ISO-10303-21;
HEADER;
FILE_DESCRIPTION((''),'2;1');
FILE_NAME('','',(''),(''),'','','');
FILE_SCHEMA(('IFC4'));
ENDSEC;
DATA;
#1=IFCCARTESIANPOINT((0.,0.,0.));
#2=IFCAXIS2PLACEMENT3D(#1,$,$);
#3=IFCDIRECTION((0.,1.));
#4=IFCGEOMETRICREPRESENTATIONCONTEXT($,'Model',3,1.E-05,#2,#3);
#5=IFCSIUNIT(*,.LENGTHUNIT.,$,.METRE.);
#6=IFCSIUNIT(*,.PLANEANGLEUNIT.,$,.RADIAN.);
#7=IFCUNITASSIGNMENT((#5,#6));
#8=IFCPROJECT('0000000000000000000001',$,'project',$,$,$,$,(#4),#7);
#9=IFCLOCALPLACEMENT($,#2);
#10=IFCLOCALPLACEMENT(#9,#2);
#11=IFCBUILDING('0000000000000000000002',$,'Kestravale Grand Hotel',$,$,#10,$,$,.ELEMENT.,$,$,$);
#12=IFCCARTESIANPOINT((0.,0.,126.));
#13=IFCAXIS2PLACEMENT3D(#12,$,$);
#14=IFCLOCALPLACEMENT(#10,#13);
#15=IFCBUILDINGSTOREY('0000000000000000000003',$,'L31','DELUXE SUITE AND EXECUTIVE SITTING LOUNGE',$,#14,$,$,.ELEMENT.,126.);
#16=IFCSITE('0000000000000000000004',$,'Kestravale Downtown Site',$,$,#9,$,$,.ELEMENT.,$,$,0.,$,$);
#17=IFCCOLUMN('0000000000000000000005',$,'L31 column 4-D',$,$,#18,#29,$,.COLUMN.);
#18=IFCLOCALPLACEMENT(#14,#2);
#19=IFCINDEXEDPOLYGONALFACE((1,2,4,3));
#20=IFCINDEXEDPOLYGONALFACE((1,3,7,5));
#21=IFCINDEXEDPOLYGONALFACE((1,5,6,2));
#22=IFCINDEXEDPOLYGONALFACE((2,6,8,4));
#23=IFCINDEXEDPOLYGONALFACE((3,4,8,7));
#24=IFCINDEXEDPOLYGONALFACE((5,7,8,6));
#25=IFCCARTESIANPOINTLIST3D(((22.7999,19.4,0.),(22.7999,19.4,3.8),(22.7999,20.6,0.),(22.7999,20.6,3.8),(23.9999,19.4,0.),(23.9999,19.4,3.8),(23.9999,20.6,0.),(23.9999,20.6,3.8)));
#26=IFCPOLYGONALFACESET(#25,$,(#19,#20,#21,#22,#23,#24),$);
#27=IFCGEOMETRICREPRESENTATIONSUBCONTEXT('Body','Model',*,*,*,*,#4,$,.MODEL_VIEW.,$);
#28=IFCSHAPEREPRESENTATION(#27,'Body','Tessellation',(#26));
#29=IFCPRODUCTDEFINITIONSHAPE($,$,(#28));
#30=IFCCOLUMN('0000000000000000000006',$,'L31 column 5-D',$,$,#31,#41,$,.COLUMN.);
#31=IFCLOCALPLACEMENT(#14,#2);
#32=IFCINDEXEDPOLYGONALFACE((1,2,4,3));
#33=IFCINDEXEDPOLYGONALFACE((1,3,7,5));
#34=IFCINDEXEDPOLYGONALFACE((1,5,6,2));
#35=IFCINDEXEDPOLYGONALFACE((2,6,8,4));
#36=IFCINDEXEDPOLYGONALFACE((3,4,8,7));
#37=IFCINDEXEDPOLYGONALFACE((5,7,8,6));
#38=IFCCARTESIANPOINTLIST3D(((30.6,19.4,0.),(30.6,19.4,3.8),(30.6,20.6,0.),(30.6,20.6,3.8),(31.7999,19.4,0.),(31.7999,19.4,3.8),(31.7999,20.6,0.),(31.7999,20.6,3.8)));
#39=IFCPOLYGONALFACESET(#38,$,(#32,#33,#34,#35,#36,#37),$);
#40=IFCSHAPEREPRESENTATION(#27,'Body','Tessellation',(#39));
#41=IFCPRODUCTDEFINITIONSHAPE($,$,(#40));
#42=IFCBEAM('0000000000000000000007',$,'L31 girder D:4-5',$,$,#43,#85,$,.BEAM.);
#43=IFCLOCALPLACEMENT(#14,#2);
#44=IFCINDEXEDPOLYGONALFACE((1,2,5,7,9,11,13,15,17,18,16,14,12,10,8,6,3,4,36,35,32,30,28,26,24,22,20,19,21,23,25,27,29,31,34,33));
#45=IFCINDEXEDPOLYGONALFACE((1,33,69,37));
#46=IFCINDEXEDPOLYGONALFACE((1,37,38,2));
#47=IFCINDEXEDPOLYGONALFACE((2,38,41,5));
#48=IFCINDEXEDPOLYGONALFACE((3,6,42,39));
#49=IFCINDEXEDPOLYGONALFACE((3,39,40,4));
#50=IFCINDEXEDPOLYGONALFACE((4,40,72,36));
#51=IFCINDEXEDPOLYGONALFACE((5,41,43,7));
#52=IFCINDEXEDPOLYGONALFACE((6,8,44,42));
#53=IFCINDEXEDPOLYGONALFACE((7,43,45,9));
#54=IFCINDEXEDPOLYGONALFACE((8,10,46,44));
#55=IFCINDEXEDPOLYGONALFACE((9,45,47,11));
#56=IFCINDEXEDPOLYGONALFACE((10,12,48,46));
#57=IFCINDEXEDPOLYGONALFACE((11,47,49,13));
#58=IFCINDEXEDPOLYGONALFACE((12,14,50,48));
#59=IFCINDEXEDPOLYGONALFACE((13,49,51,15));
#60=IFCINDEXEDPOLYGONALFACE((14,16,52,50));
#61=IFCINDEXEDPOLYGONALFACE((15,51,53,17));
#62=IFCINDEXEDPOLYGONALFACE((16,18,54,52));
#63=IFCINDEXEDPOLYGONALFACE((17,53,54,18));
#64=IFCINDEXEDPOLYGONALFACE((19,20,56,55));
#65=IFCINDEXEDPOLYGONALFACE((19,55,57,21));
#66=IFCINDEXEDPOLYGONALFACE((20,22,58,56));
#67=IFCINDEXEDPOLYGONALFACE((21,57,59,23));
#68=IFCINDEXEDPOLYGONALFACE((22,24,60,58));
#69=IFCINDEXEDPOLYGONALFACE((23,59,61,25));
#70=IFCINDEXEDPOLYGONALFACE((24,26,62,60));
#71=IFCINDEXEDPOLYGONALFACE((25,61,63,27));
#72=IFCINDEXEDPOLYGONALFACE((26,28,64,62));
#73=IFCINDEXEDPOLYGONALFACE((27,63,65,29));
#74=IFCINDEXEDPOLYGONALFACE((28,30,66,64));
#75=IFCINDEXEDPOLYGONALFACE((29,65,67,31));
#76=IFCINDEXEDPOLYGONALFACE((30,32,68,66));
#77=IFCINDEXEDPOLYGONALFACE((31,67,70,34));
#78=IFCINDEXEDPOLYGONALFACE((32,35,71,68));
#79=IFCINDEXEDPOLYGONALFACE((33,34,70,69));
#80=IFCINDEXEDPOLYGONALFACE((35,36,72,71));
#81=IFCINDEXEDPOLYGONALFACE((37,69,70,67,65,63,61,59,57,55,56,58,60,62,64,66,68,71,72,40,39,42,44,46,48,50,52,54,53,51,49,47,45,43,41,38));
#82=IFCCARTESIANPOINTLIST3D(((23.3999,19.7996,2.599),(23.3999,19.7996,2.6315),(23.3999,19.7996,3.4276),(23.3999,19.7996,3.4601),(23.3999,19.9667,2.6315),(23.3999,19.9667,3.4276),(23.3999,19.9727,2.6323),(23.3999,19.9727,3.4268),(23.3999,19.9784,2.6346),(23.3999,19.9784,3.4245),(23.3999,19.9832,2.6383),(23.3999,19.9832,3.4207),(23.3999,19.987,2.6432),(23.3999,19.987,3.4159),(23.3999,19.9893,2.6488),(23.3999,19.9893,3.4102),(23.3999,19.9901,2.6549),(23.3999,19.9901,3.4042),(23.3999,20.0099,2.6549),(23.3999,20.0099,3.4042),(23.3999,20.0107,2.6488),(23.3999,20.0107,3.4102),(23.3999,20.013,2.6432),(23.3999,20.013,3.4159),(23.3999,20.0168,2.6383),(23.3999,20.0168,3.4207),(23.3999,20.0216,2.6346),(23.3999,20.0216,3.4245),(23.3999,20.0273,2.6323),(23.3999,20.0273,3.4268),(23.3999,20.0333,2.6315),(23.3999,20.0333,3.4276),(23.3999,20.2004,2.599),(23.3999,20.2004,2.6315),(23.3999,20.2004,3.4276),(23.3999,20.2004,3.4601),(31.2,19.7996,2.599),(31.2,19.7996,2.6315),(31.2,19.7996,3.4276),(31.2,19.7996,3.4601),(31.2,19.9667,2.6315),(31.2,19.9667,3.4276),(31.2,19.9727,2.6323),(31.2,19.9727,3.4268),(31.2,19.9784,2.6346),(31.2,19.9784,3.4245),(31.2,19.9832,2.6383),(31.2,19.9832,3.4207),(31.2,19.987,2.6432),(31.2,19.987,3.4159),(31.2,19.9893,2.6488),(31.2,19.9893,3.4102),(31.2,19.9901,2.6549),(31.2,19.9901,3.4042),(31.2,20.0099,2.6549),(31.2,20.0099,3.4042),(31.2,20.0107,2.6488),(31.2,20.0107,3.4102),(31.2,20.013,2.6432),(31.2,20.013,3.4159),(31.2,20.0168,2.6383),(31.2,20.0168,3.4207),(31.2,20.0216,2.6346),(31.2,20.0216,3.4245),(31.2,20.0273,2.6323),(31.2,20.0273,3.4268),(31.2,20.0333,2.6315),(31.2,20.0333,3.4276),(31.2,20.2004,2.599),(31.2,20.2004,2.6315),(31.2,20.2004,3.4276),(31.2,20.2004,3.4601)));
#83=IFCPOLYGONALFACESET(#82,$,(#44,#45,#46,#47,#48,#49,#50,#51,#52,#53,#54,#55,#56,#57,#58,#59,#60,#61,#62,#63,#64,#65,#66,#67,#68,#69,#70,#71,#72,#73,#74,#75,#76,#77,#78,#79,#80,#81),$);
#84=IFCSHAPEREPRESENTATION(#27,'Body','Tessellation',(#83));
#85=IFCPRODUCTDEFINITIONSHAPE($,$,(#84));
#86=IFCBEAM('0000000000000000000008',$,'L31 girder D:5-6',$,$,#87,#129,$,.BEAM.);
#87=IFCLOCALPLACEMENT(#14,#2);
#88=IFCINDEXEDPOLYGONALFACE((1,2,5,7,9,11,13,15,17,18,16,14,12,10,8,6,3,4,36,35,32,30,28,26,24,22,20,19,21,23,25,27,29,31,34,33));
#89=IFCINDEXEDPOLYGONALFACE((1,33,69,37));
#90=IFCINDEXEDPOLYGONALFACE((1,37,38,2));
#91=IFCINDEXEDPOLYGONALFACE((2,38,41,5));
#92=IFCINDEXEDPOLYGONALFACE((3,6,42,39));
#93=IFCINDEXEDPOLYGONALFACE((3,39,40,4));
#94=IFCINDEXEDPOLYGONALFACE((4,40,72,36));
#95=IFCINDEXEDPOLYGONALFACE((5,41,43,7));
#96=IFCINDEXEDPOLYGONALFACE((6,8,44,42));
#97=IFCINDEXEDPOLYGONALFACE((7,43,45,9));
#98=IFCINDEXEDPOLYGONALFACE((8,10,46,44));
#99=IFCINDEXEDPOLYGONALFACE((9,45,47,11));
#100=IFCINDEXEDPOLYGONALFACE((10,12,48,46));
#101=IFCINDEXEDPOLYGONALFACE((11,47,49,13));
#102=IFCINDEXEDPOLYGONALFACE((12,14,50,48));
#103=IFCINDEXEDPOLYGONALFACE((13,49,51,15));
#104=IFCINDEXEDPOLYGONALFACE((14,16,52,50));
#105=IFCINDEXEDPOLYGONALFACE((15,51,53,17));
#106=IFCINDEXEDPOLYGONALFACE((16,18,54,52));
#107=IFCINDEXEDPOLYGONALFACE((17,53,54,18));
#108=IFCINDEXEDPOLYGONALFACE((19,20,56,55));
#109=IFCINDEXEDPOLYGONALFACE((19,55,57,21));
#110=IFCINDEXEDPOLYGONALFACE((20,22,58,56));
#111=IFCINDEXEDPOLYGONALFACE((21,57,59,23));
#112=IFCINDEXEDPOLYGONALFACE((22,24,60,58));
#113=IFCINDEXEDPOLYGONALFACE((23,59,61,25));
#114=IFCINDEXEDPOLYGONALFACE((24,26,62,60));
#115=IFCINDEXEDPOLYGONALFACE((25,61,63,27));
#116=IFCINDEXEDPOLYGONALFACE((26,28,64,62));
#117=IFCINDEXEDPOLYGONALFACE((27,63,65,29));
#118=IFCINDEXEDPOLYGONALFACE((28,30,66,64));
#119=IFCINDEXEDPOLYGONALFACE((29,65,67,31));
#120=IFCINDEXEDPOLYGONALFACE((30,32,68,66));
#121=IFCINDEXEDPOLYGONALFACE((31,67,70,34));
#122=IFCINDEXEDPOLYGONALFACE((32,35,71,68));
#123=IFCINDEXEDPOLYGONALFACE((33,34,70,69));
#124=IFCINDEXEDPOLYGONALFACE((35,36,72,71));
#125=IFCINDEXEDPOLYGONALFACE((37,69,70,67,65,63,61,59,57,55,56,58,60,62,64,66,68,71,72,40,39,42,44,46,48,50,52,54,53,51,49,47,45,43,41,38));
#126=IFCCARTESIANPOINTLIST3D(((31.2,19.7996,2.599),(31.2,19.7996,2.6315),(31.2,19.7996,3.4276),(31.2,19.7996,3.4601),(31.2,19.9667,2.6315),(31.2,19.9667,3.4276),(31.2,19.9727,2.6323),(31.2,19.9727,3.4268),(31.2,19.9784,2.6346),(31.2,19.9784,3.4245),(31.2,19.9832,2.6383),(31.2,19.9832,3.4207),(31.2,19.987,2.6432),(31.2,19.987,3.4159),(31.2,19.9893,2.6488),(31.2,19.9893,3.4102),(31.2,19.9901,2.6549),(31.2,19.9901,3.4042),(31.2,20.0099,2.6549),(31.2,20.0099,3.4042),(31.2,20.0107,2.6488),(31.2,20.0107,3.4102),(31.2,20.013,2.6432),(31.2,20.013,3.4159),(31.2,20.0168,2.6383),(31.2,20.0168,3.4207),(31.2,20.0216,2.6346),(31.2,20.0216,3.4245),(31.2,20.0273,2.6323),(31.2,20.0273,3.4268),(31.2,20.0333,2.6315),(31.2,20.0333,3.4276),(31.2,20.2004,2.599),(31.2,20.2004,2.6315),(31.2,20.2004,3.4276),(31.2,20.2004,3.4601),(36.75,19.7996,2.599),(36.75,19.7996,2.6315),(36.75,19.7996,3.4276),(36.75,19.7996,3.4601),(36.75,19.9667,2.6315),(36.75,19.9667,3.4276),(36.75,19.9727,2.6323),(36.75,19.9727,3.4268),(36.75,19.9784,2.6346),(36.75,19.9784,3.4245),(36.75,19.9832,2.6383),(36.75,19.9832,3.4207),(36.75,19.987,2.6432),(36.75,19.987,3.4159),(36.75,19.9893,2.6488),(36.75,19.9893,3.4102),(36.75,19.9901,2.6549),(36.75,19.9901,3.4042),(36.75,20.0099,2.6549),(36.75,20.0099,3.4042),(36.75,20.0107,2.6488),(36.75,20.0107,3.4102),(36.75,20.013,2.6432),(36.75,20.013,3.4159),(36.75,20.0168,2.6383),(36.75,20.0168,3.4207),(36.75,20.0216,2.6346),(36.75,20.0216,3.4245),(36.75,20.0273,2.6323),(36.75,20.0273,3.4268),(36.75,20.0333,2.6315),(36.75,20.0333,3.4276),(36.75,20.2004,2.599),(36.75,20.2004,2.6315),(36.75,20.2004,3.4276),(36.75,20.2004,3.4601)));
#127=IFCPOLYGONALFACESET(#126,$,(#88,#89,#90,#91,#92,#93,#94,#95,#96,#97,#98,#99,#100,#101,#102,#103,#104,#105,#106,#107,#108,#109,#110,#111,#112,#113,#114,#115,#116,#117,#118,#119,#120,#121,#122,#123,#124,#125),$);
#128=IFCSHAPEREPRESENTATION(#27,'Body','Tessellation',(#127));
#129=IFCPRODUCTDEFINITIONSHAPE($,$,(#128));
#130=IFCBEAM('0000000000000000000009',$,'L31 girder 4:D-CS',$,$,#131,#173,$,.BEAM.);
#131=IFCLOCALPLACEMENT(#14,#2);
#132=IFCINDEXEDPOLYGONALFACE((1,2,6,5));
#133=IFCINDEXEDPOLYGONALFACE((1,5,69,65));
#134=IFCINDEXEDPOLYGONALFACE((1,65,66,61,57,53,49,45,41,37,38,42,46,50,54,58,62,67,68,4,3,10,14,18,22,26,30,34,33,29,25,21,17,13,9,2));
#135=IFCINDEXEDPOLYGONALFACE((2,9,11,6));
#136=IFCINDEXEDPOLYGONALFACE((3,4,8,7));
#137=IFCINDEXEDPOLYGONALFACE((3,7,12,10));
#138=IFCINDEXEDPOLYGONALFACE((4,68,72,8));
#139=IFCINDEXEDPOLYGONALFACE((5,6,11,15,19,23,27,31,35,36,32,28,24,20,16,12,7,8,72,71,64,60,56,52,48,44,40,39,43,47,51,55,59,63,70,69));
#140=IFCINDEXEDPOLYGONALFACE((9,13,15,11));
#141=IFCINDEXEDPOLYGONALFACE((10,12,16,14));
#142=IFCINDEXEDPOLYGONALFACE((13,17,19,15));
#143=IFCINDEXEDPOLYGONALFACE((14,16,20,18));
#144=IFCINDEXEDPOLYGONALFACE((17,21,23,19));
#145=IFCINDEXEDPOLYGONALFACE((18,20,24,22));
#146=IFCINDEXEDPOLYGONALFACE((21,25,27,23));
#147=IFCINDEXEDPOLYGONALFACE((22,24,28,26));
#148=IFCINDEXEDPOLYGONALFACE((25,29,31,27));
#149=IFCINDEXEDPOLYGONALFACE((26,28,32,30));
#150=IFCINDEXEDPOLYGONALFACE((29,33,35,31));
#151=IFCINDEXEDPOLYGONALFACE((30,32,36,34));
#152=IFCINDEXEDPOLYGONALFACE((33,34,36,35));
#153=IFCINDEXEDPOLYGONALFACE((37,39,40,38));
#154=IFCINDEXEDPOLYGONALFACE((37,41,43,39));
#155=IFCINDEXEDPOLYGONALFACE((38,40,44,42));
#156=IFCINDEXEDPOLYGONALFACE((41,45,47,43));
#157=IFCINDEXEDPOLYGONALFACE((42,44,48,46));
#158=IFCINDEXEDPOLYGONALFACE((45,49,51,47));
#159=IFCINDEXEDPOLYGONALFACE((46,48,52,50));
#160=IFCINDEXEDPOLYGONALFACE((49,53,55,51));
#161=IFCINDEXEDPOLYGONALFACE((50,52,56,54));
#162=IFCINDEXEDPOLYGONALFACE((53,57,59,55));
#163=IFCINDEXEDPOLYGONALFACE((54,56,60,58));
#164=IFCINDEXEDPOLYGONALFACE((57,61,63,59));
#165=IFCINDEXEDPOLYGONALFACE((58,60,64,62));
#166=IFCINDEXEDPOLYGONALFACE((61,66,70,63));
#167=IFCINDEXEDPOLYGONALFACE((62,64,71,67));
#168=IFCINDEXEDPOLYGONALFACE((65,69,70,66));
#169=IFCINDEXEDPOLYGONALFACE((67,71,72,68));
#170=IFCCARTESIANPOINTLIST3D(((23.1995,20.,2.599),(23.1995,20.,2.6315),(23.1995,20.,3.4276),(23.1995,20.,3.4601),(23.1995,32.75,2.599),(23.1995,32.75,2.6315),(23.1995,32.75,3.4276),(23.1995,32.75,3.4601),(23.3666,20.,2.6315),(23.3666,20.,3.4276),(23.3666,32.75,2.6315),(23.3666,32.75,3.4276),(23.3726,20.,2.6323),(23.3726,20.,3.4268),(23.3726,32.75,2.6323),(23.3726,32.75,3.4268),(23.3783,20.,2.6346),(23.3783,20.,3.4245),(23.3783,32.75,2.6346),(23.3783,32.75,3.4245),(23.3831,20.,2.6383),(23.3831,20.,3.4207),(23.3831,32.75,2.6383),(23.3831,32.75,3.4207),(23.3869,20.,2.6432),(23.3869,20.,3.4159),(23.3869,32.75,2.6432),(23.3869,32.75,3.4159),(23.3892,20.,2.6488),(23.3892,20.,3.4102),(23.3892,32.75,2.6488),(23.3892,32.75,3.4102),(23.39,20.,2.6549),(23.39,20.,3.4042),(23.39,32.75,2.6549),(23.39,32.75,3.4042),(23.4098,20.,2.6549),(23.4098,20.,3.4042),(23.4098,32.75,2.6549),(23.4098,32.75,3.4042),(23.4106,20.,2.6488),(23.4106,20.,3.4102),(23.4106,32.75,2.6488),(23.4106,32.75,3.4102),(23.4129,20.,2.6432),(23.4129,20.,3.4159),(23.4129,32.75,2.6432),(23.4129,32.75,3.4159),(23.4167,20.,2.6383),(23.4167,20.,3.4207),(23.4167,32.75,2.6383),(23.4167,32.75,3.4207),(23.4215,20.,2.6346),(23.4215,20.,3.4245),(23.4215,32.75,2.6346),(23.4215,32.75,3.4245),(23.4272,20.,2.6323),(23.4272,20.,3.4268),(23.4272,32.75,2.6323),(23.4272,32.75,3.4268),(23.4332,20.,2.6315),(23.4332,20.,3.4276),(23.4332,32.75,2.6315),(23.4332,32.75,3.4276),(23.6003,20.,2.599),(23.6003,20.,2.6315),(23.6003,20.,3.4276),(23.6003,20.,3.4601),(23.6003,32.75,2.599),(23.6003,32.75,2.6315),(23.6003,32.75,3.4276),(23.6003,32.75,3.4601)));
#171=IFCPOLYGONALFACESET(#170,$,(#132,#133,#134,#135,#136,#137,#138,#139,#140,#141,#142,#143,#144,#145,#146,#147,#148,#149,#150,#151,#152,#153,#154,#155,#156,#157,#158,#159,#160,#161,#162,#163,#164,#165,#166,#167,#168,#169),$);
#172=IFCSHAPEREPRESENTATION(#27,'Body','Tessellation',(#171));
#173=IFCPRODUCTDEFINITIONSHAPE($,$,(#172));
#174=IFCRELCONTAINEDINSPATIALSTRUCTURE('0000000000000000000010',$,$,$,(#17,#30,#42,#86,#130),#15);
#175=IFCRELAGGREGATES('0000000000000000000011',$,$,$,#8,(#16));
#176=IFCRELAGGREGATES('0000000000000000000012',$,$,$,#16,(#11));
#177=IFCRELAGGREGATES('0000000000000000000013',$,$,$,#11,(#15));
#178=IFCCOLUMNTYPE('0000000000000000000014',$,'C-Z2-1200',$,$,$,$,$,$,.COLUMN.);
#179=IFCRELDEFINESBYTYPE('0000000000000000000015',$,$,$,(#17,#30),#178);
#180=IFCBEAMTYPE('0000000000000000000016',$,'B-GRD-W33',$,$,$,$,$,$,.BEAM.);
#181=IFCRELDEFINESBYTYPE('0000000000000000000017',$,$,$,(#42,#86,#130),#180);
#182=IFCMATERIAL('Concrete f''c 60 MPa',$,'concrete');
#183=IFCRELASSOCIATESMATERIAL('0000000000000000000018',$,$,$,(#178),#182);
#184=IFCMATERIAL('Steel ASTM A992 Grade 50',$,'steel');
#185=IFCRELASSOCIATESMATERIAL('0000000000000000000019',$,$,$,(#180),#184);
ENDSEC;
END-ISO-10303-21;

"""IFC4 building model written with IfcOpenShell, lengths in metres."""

from ifc_helpers import new_model, si_unit, direction, frame, origin, origin_2d, place, context, subcontext, project, spatial, rectangle, i_section, extrude, material, material_profile, profile_set, type_object, element, save


model = new_model("IFC4")

# Units and contexts
model_context = context("Model", 3, precision=1e-05, world=origin(), true_north=direction((0.0, 1.0)))
body_context = subcontext(model_context, "Body", "Model", "MODEL_VIEW")
ifc_project = project(units=[si_unit("LENGTHUNIT", "METRE"), si_unit("PLANEANGLEUNIT", "RADIAN")], contexts=[model_context])

# Site, building, storey
site_placement = place(None, origin())
site = spatial("IfcSite", under=ifc_project, at=site_placement, Name="Kestravale Downtown Site", CompositionType="ELEMENT", RefElevation=0.0)
building_placement = place(site_placement, origin())
building = spatial("IfcBuilding", under=site, at=building_placement, Name="Kestravale Grand Hotel", CompositionType="ELEMENT")
storey_placement = place(building_placement, frame((0.0, 0.0, 126.0)))
storey = spatial("IfcBuildingStorey", under=building, at=storey_placement, Name="L31", Description="DELUXE SUITE AND EXECUTIVE SITTING LOUNGE", CompositionType="ELEMENT", Elevation=126.0)

# Columns
ifc_material_1 = material(Name="Concrete f'c 60 MPa", Category="concrete")
ifc_material_profile_1 = material_profile(ifc_material_1, rectangle(XDim=1.2, YDim=1.2, at=origin_2d()))
ifc_profile_set_1 = profile_set([ifc_material_profile_1], Name="Concrete f'c 60 MPa")
column_type = type_object("IfcColumnType", Name="C-Z2-1200", PredefinedType="COLUMN", material=ifc_profile_set_1)
for number, where, z_axis, x_axis, name in (
    (1, (23.3999, 20.0, 0.0), (0.0, 0.0, 1.0), (1.0, 0.0, 0.0), "L31 column 4-D"),
    (2, (31.2, 20.0, 0.0), (0.0, 0.0, 1.0), (1.0, 0.0, 0.0), "L31 column 5-D"),
):
    element("IfcColumn", number, at=place(storey_placement, frame(where, z_axis=z_axis, x_axis=x_axis)), inside=storey, type_object=column_type, Name=name, PredefinedType="COLUMN", context=body_context, shape_type="SweptSolid", body=[
        extrude(rectangle(XDim=1.2, YDim=1.2, at=origin_2d()), origin(), (0.0, 0.0, 1.0), 3.8),
    ])

# Beams
ifc_material_2 = material(Name="Steel ASTM A992 Grade 50", Category="steel")
ifc_material_profile_2 = material_profile(ifc_material_2, i_section(OverallWidth=0.4009, OverallDepth=0.8611, WebThickness=0.0198, FlangeThickness=0.0325, FilletRadius=0.0234, at=origin_2d()))
ifc_profile_set_2 = profile_set([ifc_material_profile_2], Name="Steel ASTM A992 Grade 50")
beam_type = type_object("IfcBeamType", Name="B-GRD-W33", PredefinedType="BEAM", material=ifc_profile_set_2)
beam_1_placement = place(storey_placement, frame((23.3999, 20.0, 3.0295), z_axis=(1.0, 0.0, 0.0), x_axis=(0.0, 1.0, 0.0)))
element("IfcBeam", 3, at=beam_1_placement, inside=storey, type_object=beam_type, Name="L31 girder D:4-5", PredefinedType="BEAM", context=body_context, shape_type="SweptSolid", body=[
    extrude(i_section(OverallWidth=0.4009, OverallDepth=0.8611, WebThickness=0.0198, FlangeThickness=0.0325, FilletRadius=0.0234, at=origin_2d()), origin(), (0.0, 0.0, 1.0), 7.8),
])
beam_2_placement = place(storey_placement, frame((31.2, 20.0, 3.0295), z_axis=(1.0, 0.0, 0.0), x_axis=(0.0, 1.0, 0.0)))
element("IfcBeam", 4, at=beam_2_placement, inside=storey, type_object=beam_type, Name="L31 girder D:5-6", PredefinedType="BEAM", context=body_context, shape_type="SweptSolid", body=[
    extrude(i_section(OverallWidth=0.4009, OverallDepth=0.8611, WebThickness=0.0198, FlangeThickness=0.0325, FilletRadius=0.0234, at=origin_2d()), origin(), (0.0, 0.0, 1.0), 5.55),
])
for number, where, z_axis, x_axis, name in (
    (5, (23.3999, 20.0, 3.0295), (0.0, 1.0, 0.0), (-1.0, 0.0, 0.0), "L31 girder 4:D-CS"),
):
    element("IfcBeam", number, at=place(storey_placement, frame(where, z_axis=z_axis, x_axis=x_axis)), inside=storey, type_object=beam_type, Name=name, PredefinedType="BEAM", context=body_context, shape_type="SweptSolid", body=[
        extrude(i_section(OverallWidth=0.4009, OverallDepth=0.8611, WebThickness=0.0198, FlangeThickness=0.0325, FilletRadius=0.0234, at=origin_2d()), origin(), (0.0, 0.0, 1.0), 12.75),
    ])

save(model, "model.ifc")
